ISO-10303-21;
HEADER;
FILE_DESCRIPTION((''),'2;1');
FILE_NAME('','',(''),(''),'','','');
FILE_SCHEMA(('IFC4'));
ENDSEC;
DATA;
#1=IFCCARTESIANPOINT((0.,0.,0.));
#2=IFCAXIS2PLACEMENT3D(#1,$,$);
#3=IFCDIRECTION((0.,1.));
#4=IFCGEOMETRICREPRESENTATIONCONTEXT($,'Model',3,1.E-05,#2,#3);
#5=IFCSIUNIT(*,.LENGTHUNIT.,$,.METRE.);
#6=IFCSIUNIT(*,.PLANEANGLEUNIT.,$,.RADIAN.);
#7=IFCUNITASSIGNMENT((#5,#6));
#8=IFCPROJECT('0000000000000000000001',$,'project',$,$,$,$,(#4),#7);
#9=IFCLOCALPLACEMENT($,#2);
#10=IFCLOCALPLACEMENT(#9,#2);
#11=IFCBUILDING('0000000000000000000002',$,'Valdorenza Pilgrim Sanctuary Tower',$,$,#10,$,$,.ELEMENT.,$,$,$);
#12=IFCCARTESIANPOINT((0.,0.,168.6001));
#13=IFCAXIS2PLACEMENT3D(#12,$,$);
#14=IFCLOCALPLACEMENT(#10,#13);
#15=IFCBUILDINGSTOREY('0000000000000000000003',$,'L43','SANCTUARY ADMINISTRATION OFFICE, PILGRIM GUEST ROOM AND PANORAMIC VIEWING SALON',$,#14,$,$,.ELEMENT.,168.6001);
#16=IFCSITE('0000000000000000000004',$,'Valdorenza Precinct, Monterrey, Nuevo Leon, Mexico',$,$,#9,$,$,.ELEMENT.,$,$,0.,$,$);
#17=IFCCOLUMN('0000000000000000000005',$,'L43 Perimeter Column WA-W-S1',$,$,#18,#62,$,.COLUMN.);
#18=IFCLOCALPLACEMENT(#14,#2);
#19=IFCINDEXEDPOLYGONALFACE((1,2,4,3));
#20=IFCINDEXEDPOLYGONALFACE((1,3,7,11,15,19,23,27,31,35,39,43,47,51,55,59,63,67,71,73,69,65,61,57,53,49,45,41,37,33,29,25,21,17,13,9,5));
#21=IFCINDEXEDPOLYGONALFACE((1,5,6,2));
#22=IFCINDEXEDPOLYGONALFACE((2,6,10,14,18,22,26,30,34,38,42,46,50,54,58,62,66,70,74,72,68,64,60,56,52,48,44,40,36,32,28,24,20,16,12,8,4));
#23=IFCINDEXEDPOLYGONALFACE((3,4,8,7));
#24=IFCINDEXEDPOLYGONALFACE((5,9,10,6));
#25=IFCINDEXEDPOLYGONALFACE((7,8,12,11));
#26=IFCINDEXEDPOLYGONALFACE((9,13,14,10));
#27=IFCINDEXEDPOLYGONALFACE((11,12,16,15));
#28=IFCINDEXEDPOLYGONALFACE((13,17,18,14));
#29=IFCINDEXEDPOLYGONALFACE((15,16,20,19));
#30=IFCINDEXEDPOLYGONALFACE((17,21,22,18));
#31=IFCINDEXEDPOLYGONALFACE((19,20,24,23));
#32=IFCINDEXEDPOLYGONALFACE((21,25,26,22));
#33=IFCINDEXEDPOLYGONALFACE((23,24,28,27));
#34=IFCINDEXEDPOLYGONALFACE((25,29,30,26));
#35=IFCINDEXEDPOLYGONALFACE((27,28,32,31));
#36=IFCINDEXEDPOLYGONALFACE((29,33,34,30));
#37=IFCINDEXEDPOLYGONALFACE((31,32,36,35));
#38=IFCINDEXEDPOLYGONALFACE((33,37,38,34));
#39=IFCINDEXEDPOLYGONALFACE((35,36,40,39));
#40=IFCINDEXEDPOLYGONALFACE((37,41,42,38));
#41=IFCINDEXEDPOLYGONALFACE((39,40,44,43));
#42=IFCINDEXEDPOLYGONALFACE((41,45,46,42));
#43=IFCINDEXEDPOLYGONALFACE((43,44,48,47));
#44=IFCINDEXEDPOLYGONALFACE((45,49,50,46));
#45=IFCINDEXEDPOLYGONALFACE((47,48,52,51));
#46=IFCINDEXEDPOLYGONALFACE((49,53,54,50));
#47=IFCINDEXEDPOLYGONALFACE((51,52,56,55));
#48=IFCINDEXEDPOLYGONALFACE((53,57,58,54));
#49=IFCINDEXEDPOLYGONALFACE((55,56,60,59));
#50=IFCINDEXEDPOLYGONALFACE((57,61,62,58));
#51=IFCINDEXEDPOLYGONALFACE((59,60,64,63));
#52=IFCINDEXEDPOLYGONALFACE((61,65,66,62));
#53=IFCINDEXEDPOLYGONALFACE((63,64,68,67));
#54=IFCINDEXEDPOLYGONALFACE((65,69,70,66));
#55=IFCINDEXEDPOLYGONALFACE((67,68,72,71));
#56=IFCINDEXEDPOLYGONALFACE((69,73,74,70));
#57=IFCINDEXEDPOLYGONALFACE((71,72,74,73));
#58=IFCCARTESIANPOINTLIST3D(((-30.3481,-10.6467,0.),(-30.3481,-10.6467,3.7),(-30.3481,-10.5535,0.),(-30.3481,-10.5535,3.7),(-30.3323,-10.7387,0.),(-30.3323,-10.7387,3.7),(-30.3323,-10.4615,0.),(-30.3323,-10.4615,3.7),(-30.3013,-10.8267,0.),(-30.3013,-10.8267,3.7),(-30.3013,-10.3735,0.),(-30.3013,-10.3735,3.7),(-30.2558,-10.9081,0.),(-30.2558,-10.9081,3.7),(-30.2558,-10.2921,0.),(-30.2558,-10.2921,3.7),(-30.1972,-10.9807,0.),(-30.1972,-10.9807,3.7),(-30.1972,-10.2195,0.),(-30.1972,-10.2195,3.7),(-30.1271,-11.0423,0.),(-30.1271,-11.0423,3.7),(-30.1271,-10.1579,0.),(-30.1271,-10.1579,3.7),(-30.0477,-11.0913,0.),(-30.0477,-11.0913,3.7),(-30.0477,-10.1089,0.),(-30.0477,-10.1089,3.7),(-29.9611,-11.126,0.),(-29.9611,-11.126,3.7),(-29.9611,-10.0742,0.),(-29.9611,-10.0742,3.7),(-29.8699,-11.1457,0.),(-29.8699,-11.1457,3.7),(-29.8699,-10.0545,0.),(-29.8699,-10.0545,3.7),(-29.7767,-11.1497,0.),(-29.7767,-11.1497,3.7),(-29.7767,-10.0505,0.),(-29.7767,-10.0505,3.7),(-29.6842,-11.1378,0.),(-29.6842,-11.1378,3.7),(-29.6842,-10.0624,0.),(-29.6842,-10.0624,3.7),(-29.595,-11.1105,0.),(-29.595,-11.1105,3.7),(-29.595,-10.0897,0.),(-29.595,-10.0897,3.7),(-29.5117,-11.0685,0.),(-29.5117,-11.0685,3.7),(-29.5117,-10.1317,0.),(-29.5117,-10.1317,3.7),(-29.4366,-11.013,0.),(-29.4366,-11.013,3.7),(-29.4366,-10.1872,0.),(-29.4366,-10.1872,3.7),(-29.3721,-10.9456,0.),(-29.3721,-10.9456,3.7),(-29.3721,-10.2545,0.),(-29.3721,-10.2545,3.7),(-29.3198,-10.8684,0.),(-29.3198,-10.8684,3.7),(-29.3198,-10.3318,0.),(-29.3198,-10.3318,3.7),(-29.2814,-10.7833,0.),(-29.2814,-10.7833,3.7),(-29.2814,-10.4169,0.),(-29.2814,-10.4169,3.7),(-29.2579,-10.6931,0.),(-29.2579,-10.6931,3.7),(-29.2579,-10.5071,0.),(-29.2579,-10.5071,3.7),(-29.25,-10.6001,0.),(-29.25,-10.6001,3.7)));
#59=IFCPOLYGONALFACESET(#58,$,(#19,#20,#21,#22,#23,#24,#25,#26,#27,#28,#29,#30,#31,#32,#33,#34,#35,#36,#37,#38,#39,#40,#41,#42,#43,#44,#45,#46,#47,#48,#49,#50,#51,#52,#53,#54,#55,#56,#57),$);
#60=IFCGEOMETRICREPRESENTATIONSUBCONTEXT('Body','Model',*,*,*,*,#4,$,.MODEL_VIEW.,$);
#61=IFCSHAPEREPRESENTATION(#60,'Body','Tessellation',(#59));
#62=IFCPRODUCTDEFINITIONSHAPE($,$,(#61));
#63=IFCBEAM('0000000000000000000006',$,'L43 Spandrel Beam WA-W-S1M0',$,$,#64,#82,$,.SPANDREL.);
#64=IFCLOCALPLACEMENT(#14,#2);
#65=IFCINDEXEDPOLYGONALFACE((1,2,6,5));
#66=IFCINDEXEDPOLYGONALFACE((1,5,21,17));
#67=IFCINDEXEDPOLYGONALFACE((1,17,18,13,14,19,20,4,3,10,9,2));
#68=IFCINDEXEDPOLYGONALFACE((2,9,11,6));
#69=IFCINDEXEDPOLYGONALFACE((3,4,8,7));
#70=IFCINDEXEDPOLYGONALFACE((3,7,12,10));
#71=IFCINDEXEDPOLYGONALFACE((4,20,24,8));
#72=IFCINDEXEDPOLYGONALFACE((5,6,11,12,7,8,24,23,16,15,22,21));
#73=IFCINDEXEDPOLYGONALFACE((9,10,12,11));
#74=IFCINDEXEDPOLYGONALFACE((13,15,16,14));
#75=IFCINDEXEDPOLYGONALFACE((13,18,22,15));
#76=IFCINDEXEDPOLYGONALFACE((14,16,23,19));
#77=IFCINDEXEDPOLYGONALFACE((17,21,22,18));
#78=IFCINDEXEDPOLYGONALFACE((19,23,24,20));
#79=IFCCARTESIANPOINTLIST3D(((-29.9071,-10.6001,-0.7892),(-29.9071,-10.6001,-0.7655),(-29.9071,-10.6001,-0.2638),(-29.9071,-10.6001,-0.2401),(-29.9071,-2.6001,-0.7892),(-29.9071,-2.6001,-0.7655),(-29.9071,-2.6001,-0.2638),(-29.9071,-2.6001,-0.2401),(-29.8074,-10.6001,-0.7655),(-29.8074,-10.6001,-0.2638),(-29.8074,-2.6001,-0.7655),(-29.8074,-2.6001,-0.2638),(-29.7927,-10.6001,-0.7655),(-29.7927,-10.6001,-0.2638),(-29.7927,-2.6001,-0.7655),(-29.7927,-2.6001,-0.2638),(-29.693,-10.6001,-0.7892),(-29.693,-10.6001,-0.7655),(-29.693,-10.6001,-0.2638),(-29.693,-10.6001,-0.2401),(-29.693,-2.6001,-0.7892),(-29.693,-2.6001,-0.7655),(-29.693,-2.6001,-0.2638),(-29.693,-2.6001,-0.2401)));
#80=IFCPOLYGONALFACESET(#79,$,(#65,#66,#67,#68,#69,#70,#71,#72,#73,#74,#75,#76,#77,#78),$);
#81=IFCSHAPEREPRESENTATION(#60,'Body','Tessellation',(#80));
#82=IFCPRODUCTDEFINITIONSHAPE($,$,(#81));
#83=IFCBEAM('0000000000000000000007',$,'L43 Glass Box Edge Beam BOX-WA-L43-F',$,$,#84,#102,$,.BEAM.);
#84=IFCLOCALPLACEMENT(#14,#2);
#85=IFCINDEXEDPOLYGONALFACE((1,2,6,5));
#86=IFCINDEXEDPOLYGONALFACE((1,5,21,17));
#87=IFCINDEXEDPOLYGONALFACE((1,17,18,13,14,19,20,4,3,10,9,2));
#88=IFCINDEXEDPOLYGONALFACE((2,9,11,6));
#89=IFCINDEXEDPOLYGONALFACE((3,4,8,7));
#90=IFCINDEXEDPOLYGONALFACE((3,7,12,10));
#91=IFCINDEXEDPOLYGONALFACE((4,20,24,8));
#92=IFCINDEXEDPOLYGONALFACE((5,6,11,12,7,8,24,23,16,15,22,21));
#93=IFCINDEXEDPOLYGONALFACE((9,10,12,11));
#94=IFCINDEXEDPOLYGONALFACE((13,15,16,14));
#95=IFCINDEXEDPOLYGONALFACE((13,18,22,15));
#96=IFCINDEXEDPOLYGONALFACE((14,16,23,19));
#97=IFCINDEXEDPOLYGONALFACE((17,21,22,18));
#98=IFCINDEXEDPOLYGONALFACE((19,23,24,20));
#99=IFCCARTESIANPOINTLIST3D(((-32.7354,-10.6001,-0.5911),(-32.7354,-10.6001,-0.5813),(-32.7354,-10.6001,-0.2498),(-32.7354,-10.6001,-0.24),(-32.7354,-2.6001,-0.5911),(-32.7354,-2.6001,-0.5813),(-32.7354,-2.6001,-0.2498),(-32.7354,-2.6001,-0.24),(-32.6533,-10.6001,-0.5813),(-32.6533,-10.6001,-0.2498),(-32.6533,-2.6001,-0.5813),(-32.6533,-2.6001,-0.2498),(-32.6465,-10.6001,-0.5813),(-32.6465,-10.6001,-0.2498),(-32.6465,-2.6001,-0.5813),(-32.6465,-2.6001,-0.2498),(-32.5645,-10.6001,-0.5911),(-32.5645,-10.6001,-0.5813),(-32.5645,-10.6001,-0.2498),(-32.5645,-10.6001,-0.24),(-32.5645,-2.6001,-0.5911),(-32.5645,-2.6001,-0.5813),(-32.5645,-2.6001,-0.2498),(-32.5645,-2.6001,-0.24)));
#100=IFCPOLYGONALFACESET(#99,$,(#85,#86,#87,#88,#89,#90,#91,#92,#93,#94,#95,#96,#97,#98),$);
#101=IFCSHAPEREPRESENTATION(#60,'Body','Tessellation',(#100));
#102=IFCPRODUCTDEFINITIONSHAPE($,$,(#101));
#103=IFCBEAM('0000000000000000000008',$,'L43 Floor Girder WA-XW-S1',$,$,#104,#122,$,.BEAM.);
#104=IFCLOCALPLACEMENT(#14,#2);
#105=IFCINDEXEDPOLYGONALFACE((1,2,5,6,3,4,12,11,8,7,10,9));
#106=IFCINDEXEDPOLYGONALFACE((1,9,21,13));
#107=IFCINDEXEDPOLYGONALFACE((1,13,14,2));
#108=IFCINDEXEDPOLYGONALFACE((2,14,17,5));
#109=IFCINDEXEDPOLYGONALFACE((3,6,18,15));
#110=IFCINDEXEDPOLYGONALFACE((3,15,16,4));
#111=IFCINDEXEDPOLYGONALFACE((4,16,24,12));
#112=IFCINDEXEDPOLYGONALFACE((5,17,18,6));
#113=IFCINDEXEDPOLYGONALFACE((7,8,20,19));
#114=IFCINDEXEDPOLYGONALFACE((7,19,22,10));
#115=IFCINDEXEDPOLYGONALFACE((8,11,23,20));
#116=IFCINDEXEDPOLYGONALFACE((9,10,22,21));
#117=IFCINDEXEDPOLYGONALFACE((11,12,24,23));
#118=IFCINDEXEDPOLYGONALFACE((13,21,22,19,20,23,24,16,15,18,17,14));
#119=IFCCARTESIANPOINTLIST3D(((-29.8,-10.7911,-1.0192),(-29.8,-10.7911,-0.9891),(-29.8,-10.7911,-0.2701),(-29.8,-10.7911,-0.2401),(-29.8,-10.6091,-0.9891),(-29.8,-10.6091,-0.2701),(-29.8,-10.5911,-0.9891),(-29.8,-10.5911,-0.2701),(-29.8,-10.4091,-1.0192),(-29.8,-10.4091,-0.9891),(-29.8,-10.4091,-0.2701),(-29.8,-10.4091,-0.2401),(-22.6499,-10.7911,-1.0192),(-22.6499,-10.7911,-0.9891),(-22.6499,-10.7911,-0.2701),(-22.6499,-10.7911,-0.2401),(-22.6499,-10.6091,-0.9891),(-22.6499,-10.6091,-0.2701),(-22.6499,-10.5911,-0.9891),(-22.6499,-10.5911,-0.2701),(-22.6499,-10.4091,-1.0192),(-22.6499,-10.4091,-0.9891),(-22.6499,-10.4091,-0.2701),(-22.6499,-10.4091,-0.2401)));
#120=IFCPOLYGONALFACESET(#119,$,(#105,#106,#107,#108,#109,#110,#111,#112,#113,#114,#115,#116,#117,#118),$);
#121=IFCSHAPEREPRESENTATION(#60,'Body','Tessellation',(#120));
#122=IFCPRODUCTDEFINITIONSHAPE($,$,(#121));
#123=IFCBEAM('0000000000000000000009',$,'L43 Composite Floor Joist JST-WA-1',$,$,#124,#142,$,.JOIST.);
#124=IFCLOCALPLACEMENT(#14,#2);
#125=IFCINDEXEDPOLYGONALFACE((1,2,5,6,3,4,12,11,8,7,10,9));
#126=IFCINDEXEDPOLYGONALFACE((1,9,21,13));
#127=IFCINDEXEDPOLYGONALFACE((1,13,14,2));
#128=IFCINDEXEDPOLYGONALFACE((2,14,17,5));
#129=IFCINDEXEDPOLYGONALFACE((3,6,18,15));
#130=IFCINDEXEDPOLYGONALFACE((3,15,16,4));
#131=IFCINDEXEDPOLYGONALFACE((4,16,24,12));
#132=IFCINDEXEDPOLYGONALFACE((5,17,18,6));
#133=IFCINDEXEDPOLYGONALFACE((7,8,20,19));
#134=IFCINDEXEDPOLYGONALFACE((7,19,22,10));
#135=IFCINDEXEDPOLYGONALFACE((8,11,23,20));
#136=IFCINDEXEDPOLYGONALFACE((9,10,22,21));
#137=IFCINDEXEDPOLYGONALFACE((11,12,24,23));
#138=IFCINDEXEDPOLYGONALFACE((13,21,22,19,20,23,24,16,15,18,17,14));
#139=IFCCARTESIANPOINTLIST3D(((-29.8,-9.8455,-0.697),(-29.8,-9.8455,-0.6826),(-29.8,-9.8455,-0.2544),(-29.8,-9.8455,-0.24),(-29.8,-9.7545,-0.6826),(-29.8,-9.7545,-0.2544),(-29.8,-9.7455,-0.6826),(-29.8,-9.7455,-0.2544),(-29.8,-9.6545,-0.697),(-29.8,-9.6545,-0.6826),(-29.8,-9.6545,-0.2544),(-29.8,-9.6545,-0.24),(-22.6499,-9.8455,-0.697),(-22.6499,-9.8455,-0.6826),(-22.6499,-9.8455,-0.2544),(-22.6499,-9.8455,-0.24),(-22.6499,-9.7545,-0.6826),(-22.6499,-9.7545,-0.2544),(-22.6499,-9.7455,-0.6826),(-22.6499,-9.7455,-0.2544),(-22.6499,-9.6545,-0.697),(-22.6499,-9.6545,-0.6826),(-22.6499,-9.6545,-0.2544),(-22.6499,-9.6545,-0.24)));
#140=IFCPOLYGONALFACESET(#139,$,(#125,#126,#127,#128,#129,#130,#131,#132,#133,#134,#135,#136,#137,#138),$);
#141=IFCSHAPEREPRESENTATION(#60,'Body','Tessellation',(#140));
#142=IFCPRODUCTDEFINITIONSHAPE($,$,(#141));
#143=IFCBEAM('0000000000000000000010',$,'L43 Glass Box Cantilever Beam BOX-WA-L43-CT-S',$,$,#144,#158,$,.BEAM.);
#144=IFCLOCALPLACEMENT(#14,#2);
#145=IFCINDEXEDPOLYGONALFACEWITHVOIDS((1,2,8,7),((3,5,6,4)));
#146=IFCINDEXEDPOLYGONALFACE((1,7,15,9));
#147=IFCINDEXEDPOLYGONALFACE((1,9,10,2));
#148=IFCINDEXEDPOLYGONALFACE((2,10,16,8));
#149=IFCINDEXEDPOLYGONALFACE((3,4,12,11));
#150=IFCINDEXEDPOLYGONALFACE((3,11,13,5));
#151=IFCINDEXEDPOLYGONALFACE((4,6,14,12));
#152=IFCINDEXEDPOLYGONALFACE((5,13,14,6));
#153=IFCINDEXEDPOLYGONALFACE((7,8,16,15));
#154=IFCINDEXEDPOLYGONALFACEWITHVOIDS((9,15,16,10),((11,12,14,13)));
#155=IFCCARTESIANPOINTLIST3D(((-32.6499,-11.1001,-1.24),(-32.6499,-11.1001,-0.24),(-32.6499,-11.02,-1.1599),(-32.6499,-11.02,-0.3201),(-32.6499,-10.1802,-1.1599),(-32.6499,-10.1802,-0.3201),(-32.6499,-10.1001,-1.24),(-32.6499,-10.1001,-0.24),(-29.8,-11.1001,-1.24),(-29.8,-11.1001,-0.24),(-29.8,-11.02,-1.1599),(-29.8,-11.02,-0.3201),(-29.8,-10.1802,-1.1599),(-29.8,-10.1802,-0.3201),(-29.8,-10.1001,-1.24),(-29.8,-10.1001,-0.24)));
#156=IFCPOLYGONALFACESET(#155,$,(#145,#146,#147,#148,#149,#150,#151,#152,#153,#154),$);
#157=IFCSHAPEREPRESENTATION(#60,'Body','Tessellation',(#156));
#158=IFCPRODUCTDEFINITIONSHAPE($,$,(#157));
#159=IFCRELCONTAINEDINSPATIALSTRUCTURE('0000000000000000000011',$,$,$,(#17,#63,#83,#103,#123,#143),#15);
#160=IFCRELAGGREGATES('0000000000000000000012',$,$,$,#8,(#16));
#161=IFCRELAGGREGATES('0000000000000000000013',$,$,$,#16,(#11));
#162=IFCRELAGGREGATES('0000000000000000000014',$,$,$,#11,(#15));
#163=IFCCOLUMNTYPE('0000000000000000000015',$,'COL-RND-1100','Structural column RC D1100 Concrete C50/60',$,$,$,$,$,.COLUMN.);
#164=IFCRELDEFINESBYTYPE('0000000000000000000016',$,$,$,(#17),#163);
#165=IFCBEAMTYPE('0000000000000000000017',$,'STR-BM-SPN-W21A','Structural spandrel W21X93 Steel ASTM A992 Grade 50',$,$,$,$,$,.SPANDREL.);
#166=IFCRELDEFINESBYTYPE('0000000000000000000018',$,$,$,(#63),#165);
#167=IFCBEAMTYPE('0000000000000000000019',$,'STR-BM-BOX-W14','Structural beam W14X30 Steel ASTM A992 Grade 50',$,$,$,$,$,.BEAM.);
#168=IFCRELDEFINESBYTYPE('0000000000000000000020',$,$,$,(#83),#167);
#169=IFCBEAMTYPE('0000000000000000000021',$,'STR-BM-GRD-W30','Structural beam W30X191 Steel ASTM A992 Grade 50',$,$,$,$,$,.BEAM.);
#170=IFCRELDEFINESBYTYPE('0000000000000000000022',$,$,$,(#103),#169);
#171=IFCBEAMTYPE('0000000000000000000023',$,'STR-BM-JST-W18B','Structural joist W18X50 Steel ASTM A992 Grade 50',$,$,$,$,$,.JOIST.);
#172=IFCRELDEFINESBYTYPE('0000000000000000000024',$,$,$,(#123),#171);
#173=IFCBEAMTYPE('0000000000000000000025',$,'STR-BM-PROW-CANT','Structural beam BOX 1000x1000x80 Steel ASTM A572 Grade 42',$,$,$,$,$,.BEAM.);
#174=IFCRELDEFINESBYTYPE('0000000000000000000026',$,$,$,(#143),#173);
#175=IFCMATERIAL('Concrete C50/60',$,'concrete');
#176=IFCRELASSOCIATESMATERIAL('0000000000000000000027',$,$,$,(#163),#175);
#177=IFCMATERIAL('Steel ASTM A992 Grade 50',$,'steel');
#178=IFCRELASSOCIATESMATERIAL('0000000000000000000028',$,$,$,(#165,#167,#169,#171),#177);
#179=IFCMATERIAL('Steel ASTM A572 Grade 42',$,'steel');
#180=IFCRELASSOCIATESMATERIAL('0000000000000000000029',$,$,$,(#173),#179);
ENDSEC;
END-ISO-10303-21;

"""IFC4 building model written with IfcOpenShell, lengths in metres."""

from ifc_helpers import new_model, si_unit, direction, frame, origin, origin_2d, place, context, subcontext, project, spatial, hollow_rectangle, circle, i_section, extrude, source, transform, mapped, material, material_profile, profile_set, type_object, element, save


model = new_model("IFC4")

# Units and contexts
model_context = context("Model", 3, precision=1e-05, world=origin(), true_north=direction((0.0, 1.0)))
body_context = subcontext(model_context, "Body", "Model", "MODEL_VIEW")
ifc_project = project(units=[si_unit("LENGTHUNIT", "METRE"), si_unit("PLANEANGLEUNIT", "RADIAN")], contexts=[model_context])

# Site, building, storey
site_placement = place(None, origin())
site = spatial("IfcSite", under=ifc_project, at=site_placement, Name="Valdorenza Precinct, Monterrey, Nuevo Leon, Mexico", CompositionType="ELEMENT", RefElevation=0.0)
building_placement = place(site_placement, origin())
building = spatial("IfcBuilding", under=site, at=building_placement, Name="Valdorenza Pilgrim Sanctuary Tower", CompositionType="ELEMENT")
storey_placement = place(building_placement, frame((0.0, 0.0, 168.6001)))
storey = spatial("IfcBuildingStorey", under=building, at=storey_placement, Name="L43", Description="SANCTUARY ADMINISTRATION OFFICE, PILGRIM GUEST ROOM AND PANORAMIC VIEWING SALON", CompositionType="ELEMENT", Elevation=168.6001)

# Column
ifc_material_1 = material(Name="Concrete C50/60", Category="concrete")
ifc_material_profile_1 = material_profile(ifc_material_1, circle(Radius=0.55, at=origin_2d()), Name="RC D1100")
ifc_profile_set_1 = profile_set([ifc_material_profile_1], Name="Concrete C50/60")
column_type = type_object("IfcColumnType", Name="COL-RND-1100", Description="Structural column RC D1100 Concrete C50/60", PredefinedType="COLUMN", material=ifc_profile_set_1)
shared_shape_1 = source(origin(), body_context, "Body", "SweptSolid", [
    extrude(circle(Radius=0.55, at=origin_2d()), origin(), (0.0, 0.0, 1.0), 3.7),
])
column_placement = place(storey_placement, frame((-29.8, -10.6001, 0.0), z_axis=(0.0, 0.0, 1.0), x_axis=(1.0, 0.0, 0.0)))
element("IfcColumn", 1, at=column_placement, inside=storey, type_object=column_type, Name="L43 Perimeter Column WA-W-S1", PredefinedType="COLUMN", context=body_context, shape_type="MappedRepresentation", body=[
    mapped(shared_shape_1, transform((0.0, 0.0, 0.0), x_axis=(1.0, 0.0, 0.0), y_axis=(0.0, 1.0, 0.0), z_axis=(0.0, 0.0, 1.0), scale=1.0)),
])

# Beams
ifc_material_2 = material(Name="Steel ASTM A992 Grade 50", Category="steel")
ifc_material_profile_2 = material_profile(ifc_material_2, i_section(OverallWidth=0.2141, OverallDepth=0.5491, WebThickness=0.0146, FlangeThickness=0.0237, at=origin_2d()), Name="W21X93")
ifc_profile_set_2 = profile_set([ifc_material_profile_2], Name="Steel ASTM A992 Grade 50")
beam_type_1 = type_object("IfcBeamType", Name="STR-BM-SPN-W21A", Description="Structural spandrel W21X93 Steel ASTM A992 Grade 50", PredefinedType="SPANDREL", material=ifc_profile_set_2)
shared_shape_2 = source(origin(), body_context, "Body", "SweptSolid", [
    extrude(i_section(OverallWidth=0.2141, OverallDepth=0.5491, WebThickness=0.0146, FlangeThickness=0.0237, at=origin_2d()), origin(), (0.0, 0.0, 1.0), 8.0),
])
beam_1_placement = place(storey_placement, frame((-29.8, -10.6001, -0.5146), z_axis=(0.0, 1.0, 0.0), x_axis=(-1.0, 0.0, 0.0)))
element("IfcBeam", 2, at=beam_1_placement, inside=storey, type_object=beam_type_1, Name="L43 Spandrel Beam WA-W-S1M0", PredefinedType="SPANDREL", context=body_context, shape_type="MappedRepresentation", body=[
    mapped(shared_shape_2, transform((0.0, 0.0, 0.0), x_axis=(1.0, 0.0, 0.0), y_axis=(0.0, 1.0, 0.0), z_axis=(0.0, 0.0, 1.0), scale=1.0)),
])
ifc_material_profile_3 = material_profile(ifc_material_2, i_section(OverallWidth=0.1709, OverallDepth=0.3511, WebThickness=0.0068, FlangeThickness=0.0098, at=origin_2d()), Name="W14X30")
ifc_profile_set_3 = profile_set([ifc_material_profile_3], Name="Steel ASTM A992 Grade 50")
beam_type_2 = type_object("IfcBeamType", Name="STR-BM-BOX-W14", Description="Structural beam W14X30 Steel ASTM A992 Grade 50", PredefinedType="BEAM", material=ifc_profile_set_3)
shared_shape_3 = source(origin(), body_context, "Body", "SweptSolid", [
    extrude(i_section(OverallWidth=0.1709, OverallDepth=0.3511, WebThickness=0.0068, FlangeThickness=0.0098, at=origin_2d()), origin(), (0.0, 0.0, 1.0), 8.0),
])
beam_2_placement = place(storey_placement, frame((-32.6499, -10.6001, -0.4155), z_axis=(0.0, 1.0, 0.0), x_axis=(-1.0, 0.0, 0.0)))
element("IfcBeam", 3, at=beam_2_placement, inside=storey, type_object=beam_type_2, Name="L43 Glass Box Edge Beam BOX-WA-L43-F", PredefinedType="BEAM", context=body_context, shape_type="MappedRepresentation", body=[
    mapped(shared_shape_3, transform((0.0, 0.0, 0.0), x_axis=(1.0, 0.0, 0.0), y_axis=(0.0, 1.0, 0.0), z_axis=(0.0, 0.0, 1.0), scale=1.0)),
])
ifc_material_profile_4 = material_profile(ifc_material_2, i_section(OverallWidth=0.3821, OverallDepth=0.7791, WebThickness=0.0181, FlangeThickness=0.03, at=origin_2d()), Name="W30X191")
ifc_profile_set_4 = profile_set([ifc_material_profile_4], Name="Steel ASTM A992 Grade 50")
beam_type_3 = type_object("IfcBeamType", Name="STR-BM-GRD-W30", Description="Structural beam W30X191 Steel ASTM A992 Grade 50", PredefinedType="BEAM", material=ifc_profile_set_4)
shared_shape_4 = source(origin(), body_context, "Body", "SweptSolid", [
    extrude(i_section(OverallWidth=0.3821, OverallDepth=0.7791, WebThickness=0.0181, FlangeThickness=0.03, at=origin_2d()), origin(), (0.0, 0.0, 1.0), 7.1501),
])
beam_3_placement = place(storey_placement, frame((-29.8, -10.6001, -0.6296), z_axis=(1.0, 0.0, 0.0), x_axis=(0.0, 1.0, 0.0)))
element("IfcBeam", 4, at=beam_3_placement, inside=storey, type_object=beam_type_3, Name="L43 Floor Girder WA-XW-S1", PredefinedType="BEAM", context=body_context, shape_type="MappedRepresentation", body=[
    mapped(shared_shape_4, transform((0.0, 0.0, 0.0), x_axis=(1.0, 0.0, 0.0), y_axis=(0.0, 1.0, 0.0), z_axis=(0.0, 0.0, 1.0), scale=1.0)),
])
ifc_material_profile_5 = material_profile(ifc_material_2, i_section(OverallWidth=0.1909, OverallDepth=0.457, WebThickness=0.009, FlangeThickness=0.0144, at=origin_2d()), Name="W18X50")
ifc_profile_set_5 = profile_set([ifc_material_profile_5], Name="Steel ASTM A992 Grade 50")
beam_type_4 = type_object("IfcBeamType", Name="STR-BM-JST-W18B", Description="Structural joist W18X50 Steel ASTM A992 Grade 50", PredefinedType="JOIST", material=ifc_profile_set_5)
shared_shape_5 = source(origin(), body_context, "Body", "SweptSolid", [
    extrude(i_section(OverallWidth=0.1909, OverallDepth=0.457, WebThickness=0.009, FlangeThickness=0.0144, at=origin_2d()), origin(), (0.0, 0.0, 1.0), 7.1501),
])
beam_4_placement = place(storey_placement, frame((-29.8, -9.75, -0.4685), z_axis=(1.0, 0.0, 0.0), x_axis=(0.0, 1.0, 0.0)))
element("IfcBeam", 5, at=beam_4_placement, inside=storey, type_object=beam_type_4, Name="L43 Composite Floor Joist JST-WA-1", PredefinedType="JOIST", context=body_context, shape_type="MappedRepresentation", body=[
    mapped(shared_shape_5, transform((0.0, 0.0, 0.0), x_axis=(1.0, 0.0, 0.0), y_axis=(0.0, 1.0, 0.0), z_axis=(0.0, 0.0, 1.0), scale=1.0)),
])
ifc_material_3 = material(Name="Steel ASTM A572 Grade 42", Category="steel")
ifc_material_profile_6 = material_profile(ifc_material_3, hollow_rectangle(XDim=1.0, YDim=1.0, WallThickness=0.0801, at=origin_2d()), Name="BOX 1000x1000x80")
ifc_profile_set_6 = profile_set([ifc_material_profile_6], Name="Steel ASTM A572 Grade 42")
beam_type_5 = type_object("IfcBeamType", Name="STR-BM-PROW-CANT", Description="Structural beam BOX 1000x1000x80 Steel ASTM A572 Grade 42", PredefinedType="BEAM", material=ifc_profile_set_6)
shared_shape_6 = source(origin(), body_context, "Body", "SweptSolid", [
    extrude(hollow_rectangle(XDim=1.0, YDim=1.0, WallThickness=0.0801, at=origin_2d()), origin(), (0.0, 0.0, 1.0), 2.8499),
])
beam_5_placement = place(storey_placement, frame((-29.8, -10.6001, -0.74), z_axis=(-1.0, 0.0, 0.0), x_axis=(0.0, -1.0, 0.0)))
element("IfcBeam", 6, at=beam_5_placement, inside=storey, type_object=beam_type_5, Name="L43 Glass Box Cantilever Beam BOX-WA-L43-CT-S", PredefinedType="BEAM", context=body_context, shape_type="MappedRepresentation", body=[
    mapped(shared_shape_6, transform((0.0, 0.0, 0.0), x_axis=(1.0, 0.0, 0.0), y_axis=(0.0, 1.0, 0.0), z_axis=(0.0, 0.0, 1.0), scale=1.0)),
])

save(model, "model.ifc")
